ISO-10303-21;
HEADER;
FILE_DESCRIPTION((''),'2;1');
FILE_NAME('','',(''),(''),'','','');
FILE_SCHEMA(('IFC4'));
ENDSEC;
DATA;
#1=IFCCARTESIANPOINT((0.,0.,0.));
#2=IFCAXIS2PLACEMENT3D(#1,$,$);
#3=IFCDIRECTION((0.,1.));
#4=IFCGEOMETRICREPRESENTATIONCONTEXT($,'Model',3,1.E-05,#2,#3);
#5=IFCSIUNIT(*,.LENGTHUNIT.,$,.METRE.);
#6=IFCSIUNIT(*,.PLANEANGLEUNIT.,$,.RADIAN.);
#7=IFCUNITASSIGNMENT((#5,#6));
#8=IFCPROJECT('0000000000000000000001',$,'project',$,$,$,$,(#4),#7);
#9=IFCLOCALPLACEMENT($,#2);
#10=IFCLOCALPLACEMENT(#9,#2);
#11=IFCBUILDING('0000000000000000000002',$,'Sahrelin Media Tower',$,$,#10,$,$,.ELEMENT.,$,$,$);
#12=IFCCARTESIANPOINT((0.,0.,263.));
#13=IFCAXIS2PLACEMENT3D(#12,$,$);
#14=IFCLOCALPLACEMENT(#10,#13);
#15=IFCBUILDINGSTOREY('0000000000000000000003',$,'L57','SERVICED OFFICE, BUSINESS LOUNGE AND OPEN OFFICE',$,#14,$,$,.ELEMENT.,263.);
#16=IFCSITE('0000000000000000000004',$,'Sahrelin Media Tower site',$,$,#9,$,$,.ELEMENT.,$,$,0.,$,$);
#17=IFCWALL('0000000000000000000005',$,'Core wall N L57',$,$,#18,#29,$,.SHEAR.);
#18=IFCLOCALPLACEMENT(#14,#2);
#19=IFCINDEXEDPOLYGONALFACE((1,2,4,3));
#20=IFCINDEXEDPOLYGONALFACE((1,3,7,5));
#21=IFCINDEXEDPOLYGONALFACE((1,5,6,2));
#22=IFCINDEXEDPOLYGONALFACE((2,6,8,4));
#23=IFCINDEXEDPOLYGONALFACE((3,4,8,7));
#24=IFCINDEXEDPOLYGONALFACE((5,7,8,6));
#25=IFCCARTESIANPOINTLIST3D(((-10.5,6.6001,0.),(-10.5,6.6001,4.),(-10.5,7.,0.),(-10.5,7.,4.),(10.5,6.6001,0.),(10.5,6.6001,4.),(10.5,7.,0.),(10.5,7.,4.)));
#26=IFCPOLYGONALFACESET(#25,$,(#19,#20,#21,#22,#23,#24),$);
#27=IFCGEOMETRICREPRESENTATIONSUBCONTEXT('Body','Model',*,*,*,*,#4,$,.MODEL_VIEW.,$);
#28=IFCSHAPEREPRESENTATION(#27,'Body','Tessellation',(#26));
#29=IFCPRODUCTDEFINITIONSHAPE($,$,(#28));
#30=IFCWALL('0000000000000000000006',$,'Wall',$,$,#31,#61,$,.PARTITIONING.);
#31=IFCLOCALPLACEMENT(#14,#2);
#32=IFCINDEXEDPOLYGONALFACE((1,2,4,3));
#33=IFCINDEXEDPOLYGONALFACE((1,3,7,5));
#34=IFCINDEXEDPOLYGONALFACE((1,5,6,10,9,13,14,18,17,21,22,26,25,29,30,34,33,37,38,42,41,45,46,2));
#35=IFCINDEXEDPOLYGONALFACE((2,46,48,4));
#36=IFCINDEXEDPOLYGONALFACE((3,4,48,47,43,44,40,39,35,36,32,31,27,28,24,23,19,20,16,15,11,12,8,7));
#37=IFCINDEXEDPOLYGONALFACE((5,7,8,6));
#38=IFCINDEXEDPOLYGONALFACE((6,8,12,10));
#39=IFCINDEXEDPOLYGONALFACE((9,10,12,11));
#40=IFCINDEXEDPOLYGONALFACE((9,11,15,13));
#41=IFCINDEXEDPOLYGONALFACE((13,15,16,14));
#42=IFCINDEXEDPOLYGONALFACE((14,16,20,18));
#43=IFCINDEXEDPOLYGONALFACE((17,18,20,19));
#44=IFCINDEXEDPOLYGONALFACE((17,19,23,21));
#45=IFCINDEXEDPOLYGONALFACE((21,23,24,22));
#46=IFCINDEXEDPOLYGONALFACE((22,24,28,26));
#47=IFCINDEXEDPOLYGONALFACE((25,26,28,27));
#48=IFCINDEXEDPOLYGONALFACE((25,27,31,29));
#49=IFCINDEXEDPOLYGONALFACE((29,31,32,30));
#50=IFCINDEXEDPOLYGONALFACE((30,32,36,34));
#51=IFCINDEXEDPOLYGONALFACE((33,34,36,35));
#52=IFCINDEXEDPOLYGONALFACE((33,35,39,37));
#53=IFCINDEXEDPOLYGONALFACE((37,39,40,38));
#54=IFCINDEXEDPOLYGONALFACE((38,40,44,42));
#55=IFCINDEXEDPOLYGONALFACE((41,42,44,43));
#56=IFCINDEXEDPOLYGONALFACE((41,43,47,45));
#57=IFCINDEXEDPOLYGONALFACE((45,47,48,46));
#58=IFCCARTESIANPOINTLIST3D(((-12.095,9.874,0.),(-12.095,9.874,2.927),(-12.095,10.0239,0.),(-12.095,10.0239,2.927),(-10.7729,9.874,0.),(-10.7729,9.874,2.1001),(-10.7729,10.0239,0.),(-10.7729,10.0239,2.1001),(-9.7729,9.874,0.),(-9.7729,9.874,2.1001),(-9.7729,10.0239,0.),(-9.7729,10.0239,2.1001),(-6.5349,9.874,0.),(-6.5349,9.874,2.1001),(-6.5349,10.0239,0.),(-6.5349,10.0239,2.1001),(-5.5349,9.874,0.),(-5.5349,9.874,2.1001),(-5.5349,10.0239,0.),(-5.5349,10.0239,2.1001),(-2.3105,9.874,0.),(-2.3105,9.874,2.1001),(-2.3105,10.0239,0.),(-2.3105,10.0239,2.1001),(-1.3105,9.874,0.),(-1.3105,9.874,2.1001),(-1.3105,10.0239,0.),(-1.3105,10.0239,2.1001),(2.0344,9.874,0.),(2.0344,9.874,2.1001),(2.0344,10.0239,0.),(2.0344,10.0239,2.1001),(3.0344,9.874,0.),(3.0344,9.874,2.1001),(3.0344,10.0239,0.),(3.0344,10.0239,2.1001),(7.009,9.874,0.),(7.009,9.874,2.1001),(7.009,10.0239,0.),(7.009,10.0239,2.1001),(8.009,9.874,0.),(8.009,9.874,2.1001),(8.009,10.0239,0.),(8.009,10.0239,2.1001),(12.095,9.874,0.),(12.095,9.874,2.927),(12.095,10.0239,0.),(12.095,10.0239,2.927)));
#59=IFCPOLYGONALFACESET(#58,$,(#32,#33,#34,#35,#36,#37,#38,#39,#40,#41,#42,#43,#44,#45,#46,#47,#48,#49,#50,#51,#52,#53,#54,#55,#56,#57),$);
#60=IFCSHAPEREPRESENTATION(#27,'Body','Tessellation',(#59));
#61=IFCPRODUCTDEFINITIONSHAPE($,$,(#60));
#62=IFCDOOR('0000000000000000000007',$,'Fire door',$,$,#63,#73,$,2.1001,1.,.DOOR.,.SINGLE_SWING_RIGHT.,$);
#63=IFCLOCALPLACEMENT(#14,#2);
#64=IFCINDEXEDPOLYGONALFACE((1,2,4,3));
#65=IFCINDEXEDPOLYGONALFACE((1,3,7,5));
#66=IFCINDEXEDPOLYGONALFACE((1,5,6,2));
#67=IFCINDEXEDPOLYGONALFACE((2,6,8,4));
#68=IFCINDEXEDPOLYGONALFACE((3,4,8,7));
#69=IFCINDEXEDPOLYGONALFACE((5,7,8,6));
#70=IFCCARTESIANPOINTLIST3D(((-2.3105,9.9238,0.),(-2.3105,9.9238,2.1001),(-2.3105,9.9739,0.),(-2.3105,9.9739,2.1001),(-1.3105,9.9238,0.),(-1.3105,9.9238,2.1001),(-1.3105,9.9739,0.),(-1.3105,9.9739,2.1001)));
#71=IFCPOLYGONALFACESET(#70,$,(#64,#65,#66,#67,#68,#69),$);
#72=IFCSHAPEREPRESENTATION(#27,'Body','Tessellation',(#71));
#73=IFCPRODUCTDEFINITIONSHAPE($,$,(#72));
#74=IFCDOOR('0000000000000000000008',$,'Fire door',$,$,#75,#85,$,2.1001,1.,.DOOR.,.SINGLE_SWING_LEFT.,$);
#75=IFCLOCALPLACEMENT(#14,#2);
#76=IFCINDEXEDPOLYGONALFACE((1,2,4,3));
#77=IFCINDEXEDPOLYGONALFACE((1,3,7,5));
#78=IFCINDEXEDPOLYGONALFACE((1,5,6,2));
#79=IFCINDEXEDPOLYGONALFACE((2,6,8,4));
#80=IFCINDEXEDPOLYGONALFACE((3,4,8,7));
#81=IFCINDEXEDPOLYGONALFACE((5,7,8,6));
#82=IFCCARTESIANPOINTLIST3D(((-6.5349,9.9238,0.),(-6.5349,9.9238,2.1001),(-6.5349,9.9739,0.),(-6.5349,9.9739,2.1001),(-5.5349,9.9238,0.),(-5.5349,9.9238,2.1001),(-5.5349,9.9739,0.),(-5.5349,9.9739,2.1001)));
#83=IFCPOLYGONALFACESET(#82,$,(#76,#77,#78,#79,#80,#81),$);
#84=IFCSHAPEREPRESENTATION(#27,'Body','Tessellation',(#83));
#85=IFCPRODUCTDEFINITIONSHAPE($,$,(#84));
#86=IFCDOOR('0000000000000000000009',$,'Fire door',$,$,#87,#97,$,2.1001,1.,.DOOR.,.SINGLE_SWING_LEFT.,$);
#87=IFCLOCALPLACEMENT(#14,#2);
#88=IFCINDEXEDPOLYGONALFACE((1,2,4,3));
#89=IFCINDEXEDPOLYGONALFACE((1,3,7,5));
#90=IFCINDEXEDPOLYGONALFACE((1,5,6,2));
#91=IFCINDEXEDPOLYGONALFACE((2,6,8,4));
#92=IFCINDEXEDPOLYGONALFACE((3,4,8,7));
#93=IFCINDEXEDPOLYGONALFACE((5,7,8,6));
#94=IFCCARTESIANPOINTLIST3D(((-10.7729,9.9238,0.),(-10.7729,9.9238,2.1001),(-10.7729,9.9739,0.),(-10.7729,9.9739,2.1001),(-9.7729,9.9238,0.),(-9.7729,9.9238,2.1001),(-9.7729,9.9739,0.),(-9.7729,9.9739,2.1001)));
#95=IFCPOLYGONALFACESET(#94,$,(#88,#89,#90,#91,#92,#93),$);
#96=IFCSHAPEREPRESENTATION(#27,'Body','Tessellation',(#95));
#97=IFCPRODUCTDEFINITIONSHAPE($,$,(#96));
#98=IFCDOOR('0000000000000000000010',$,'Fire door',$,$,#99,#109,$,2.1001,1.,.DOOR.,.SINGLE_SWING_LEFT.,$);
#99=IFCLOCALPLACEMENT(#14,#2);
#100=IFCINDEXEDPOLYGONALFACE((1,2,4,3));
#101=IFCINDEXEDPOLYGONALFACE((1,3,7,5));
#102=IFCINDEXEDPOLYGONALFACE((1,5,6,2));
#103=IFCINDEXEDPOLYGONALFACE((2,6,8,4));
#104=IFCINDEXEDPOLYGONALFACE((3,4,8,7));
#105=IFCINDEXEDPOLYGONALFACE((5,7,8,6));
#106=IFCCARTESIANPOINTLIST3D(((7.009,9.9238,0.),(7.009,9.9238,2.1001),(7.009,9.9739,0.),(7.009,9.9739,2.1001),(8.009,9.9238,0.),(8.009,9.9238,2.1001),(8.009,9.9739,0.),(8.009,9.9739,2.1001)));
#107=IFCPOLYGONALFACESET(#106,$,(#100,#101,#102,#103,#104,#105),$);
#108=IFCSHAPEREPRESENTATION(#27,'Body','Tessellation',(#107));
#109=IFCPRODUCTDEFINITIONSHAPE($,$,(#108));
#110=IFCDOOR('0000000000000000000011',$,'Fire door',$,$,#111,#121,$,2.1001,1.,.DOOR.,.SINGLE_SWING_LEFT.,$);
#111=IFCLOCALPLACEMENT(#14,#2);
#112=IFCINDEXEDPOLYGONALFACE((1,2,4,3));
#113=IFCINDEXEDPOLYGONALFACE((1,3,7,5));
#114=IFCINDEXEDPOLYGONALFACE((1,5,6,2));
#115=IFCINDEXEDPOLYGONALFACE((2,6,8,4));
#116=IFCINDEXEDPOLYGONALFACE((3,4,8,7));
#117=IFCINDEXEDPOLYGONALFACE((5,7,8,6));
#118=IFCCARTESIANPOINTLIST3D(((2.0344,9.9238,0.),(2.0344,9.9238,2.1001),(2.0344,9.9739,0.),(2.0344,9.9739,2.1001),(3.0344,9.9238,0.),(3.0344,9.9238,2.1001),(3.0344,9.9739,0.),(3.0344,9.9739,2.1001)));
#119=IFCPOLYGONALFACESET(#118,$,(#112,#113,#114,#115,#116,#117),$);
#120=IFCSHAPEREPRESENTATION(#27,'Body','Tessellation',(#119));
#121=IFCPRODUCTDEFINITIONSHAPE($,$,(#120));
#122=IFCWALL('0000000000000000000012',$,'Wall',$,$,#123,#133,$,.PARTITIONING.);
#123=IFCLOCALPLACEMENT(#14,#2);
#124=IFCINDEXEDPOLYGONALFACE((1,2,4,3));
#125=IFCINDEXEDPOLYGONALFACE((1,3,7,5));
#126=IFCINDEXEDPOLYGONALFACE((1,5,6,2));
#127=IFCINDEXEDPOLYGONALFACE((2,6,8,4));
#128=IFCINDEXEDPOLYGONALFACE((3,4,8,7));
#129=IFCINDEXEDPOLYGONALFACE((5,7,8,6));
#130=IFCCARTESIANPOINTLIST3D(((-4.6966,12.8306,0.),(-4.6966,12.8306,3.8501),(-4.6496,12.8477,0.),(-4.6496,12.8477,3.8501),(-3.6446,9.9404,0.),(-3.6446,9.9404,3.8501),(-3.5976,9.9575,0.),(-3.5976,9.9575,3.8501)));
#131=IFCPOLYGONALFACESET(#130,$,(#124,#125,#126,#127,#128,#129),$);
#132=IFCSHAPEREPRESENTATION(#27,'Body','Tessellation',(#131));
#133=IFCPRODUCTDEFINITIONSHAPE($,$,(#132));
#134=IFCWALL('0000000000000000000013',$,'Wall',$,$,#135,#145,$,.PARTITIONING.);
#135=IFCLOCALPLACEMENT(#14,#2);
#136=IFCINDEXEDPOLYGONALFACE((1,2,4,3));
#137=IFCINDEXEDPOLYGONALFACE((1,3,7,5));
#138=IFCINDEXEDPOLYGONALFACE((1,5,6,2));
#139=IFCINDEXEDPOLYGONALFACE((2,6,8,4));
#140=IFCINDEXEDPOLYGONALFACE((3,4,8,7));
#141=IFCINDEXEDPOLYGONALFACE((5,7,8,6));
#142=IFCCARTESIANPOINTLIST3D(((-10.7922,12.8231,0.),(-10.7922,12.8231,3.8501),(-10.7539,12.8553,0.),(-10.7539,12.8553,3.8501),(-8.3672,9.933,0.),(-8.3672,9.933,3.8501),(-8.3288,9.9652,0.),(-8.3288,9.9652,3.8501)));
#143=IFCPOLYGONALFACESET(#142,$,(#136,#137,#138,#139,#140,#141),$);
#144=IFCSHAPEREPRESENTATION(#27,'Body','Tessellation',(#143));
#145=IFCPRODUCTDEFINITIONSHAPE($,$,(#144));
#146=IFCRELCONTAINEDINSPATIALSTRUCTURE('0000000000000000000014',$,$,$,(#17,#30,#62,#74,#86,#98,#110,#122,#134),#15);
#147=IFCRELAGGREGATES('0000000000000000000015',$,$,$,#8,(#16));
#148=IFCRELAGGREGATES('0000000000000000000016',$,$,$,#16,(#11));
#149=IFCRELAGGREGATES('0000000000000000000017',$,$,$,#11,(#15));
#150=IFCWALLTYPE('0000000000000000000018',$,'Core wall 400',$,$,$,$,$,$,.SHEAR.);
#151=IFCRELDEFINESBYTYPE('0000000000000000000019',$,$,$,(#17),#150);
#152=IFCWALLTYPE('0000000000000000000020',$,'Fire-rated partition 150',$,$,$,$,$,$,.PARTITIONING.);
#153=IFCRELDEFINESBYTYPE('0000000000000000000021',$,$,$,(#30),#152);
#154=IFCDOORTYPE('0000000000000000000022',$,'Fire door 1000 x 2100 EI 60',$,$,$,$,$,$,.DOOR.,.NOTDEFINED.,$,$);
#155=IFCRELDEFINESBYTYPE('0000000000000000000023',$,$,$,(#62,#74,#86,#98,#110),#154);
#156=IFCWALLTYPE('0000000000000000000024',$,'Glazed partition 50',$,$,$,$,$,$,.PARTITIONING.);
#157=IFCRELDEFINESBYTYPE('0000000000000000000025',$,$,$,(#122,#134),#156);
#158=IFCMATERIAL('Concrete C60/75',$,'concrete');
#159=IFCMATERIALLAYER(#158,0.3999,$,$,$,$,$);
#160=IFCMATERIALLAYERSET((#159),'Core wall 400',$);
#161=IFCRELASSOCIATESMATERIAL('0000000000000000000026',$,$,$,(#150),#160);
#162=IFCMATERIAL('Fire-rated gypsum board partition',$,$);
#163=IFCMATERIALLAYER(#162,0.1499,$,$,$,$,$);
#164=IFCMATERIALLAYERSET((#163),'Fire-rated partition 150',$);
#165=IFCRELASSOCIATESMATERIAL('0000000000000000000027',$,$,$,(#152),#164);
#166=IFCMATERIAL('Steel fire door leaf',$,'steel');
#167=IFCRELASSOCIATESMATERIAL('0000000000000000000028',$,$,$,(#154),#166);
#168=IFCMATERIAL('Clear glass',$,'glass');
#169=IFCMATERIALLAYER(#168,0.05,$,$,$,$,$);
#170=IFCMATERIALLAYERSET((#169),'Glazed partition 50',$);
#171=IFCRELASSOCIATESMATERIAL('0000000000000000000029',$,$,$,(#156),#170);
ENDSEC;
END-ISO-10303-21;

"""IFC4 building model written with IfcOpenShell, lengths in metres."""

from ifc_helpers import new_model, si_unit, direction, frame, frame_2d, origin, place, context, subcontext, project, spatial, rectangle, extrude, material, layer, layer_set, type_object, element, fill, save


model = new_model("IFC4")

# Units and contexts
model_context = context("Model", 3, precision=1e-05, world=origin(), true_north=direction((0.0, 1.0)))
body_context = subcontext(model_context, "Body", "Model", "MODEL_VIEW")
ifc_project = project(units=[si_unit("LENGTHUNIT", "METRE"), si_unit("PLANEANGLEUNIT", "RADIAN")], contexts=[model_context])

# Site, building, storey
site_placement = place(None, origin())
site = spatial("IfcSite", under=ifc_project, at=site_placement, Name="Sahrelin Media Tower site", CompositionType="ELEMENT", RefElevation=0.0)
building_placement = place(site_placement, origin())
building = spatial("IfcBuilding", under=site, at=building_placement, Name="Sahrelin Media Tower", CompositionType="ELEMENT")
storey_placement = place(building_placement, frame((0.0, 0.0, 263.0)))
storey = spatial("IfcBuildingStorey", under=building, at=storey_placement, Name="L57", Description="SERVICED OFFICE, BUSINESS LOUNGE AND OPEN OFFICE", CompositionType="ELEMENT", Elevation=263.0)

# Wall
ifc_material_1 = material(Name="Concrete C60/75", Category="concrete")
ifc_layer_1 = layer(ifc_material_1, 0.3999)
ifc_layer_set_1 = layer_set([ifc_layer_1], Name="Core wall 400")
wall_type_1 = type_object("IfcWallType", Name="Core wall 400", PredefinedType="SHEAR", material=ifc_layer_set_1)
wall_1_placement = place(storey_placement, frame((-10.5, 6.8, 0.0), z_axis=(0.0, 0.0, 1.0), x_axis=(1.0, 0.0, 0.0)))
element("IfcWall", 1, at=wall_1_placement, inside=storey, type_object=wall_type_1, Name="Core wall N L57", PredefinedType="SHEAR", context=body_context, shape_type="SweptSolid", body=[
    extrude(rectangle(XDim=21.0, YDim=0.3999, at=frame_2d((10.5, 0.0))), origin(), (0.0, 0.0, 1.0), 4.0),
])

# Wall, openings, doors
ifc_material_2 = material(Name="Fire-rated gypsum board partition")
ifc_layer_2 = layer(ifc_material_2, 0.1499)
ifc_layer_set_2 = layer_set([ifc_layer_2], Name="Fire-rated partition 150")
wall_type_2 = type_object("IfcWallType", Name="Fire-rated partition 150", PredefinedType="PARTITIONING", material=ifc_layer_set_2)
wall_2_placement = place(storey_placement, frame((-12.095, 9.949, 0.0), z_axis=(0.0, 0.0, 1.0), x_axis=(1.0, 0.0, 0.0)))
wall_2 = element("IfcWall", 2, at=wall_2_placement, inside=storey, type_object=wall_type_2, Name="Wall", PredefinedType="PARTITIONING", context=body_context, shape_type="SweptSolid", body=[
    extrude(rectangle(XDim=24.1899, YDim=0.1499, at=frame_2d((12.095, 0.0))), origin(), (0.0, 0.0, 1.0), 2.927),
])
opening_1_placement = place(wall_2_placement, frame((9.7844, 0.0, 0.0)))
opening_1 = element("IfcOpeningElement", 3, at=opening_1_placement, cuts=wall_2, PredefinedType="OPENING", context=body_context, shape_type="SweptSolid", body=[
    extrude(rectangle(XDim=1.0, YDim=2.1001, at=frame_2d((0.5, 1.05))), frame((0.0, 0.075, 0.0), z_axis=(0.0, -1.0, 0.0), x_axis=(1.0, 0.0, 0.0)), (0.0, 0.0, 1.0), 0.1499),
])
opening_2_placement = place(wall_2_placement, frame((5.5601, 0.0, 0.0)))
opening_2 = element("IfcOpeningElement", 4, at=opening_2_placement, cuts=wall_2, PredefinedType="OPENING", context=body_context, shape_type="SweptSolid", body=[
    extrude(rectangle(XDim=1.0, YDim=2.1001, at=frame_2d((0.5, 1.05))), frame((0.0, 0.075, 0.0), z_axis=(0.0, -1.0, 0.0), x_axis=(1.0, 0.0, 0.0)), (0.0, 0.0, 1.0), 0.1499),
])
opening_3_placement = place(wall_2_placement, frame((1.322, 0.0, 0.0)))
opening_3 = element("IfcOpeningElement", 5, at=opening_3_placement, cuts=wall_2, PredefinedType="OPENING", context=body_context, shape_type="SweptSolid", body=[
    extrude(rectangle(XDim=1.0, YDim=2.1001, at=frame_2d((0.5, 1.05))), frame((0.0, 0.075, 0.0), z_axis=(0.0, -1.0, 0.0), x_axis=(1.0, 0.0, 0.0)), (0.0, 0.0, 1.0), 0.1499),
])
opening_4_placement = place(wall_2_placement, frame((19.104, 0.0, 0.0)))
opening_4 = element("IfcOpeningElement", 6, at=opening_4_placement, cuts=wall_2, PredefinedType="OPENING", context=body_context, shape_type="SweptSolid", body=[
    extrude(rectangle(XDim=1.0, YDim=2.1001, at=frame_2d((0.5, 1.05))), frame((0.0, 0.075, 0.0), z_axis=(0.0, -1.0, 0.0), x_axis=(1.0, 0.0, 0.0)), (0.0, 0.0, 1.0), 0.1499),
])
opening_5_placement = place(wall_2_placement, frame((14.1294, 0.0, 0.0)))
opening_5 = element("IfcOpeningElement", 7, at=opening_5_placement, cuts=wall_2, PredefinedType="OPENING", context=body_context, shape_type="SweptSolid", body=[
    extrude(rectangle(XDim=1.0, YDim=2.1001, at=frame_2d((0.5, 1.05))), frame((0.0, 0.075, 0.0), z_axis=(0.0, -1.0, 0.0), x_axis=(1.0, 0.0, 0.0)), (0.0, 0.0, 1.0), 0.1499),
])
ifc_material_3 = material(Name="Steel fire door leaf", Category="steel")
door_type_1 = type_object("IfcDoorType", Name="Fire door 1000 x 2100 EI 60", OperationType="NOTDEFINED", PredefinedType="DOOR", material=ifc_material_3)
door_1_placement = place(opening_1_placement, origin())
door_1 = element("IfcDoor", 8, at=door_1_placement, inside=storey, type_object=door_type_1, Name="Fire door", OperationType="SINGLE_SWING_RIGHT", OverallHeight=2.1001, OverallWidth=1.0, PredefinedType="DOOR", context=body_context, shape_type="SweptSolid", body=[
    extrude(rectangle(XDim=1.0, YDim=2.1001, at=frame_2d((0.5, 1.05))), frame((0.0, 0.0249, 0.0), z_axis=(0.0, -1.0, 0.0), x_axis=(1.0, 0.0, 0.0)), (0.0, 0.0, 1.0), 0.05),
])
fill(opening_1, door_1)
door_2_placement = place(opening_2_placement, origin())
door_2 = element("IfcDoor", 9, at=door_2_placement, inside=storey, type_object=door_type_1, Name="Fire door", OperationType="SINGLE_SWING_LEFT", OverallHeight=2.1001, OverallWidth=1.0, PredefinedType="DOOR", context=body_context, shape_type="SweptSolid", body=[
    extrude(rectangle(XDim=1.0, YDim=2.1001, at=frame_2d((0.5, 1.05))), frame((0.0, 0.0249, 0.0), z_axis=(0.0, -1.0, 0.0), x_axis=(1.0, 0.0, 0.0)), (0.0, 0.0, 1.0), 0.05),
])
fill(opening_2, door_2)
door_3_placement = place(opening_3_placement, origin())
door_3 = element("IfcDoor", 10, at=door_3_placement, inside=storey, type_object=door_type_1, Name="Fire door", OperationType="SINGLE_SWING_LEFT", OverallHeight=2.1001, OverallWidth=1.0, PredefinedType="DOOR", context=body_context, shape_type="SweptSolid", body=[
    extrude(rectangle(XDim=1.0, YDim=2.1001, at=frame_2d((0.5, 1.05))), frame((0.0, 0.0249, 0.0), z_axis=(0.0, -1.0, 0.0), x_axis=(1.0, 0.0, 0.0)), (0.0, 0.0, 1.0), 0.05),
])
fill(opening_3, door_3)
door_4_placement = place(opening_4_placement, origin())
door_4 = element("IfcDoor", 11, at=door_4_placement, inside=storey, type_object=door_type_1, Name="Fire door", OperationType="SINGLE_SWING_LEFT", OverallHeight=2.1001, OverallWidth=1.0, PredefinedType="DOOR", context=body_context, shape_type="SweptSolid", body=[
    extrude(rectangle(XDim=1.0, YDim=2.1001, at=frame_2d((0.5, 1.05))), frame((0.0, 0.0249, 0.0), z_axis=(0.0, -1.0, 0.0), x_axis=(1.0, 0.0, 0.0)), (0.0, 0.0, 1.0), 0.05),
])
fill(opening_4, door_4)
door_5_placement = place(opening_5_placement, origin())
door_5 = element("IfcDoor", 12, at=door_5_placement, inside=storey, type_object=door_type_1, Name="Fire door", OperationType="SINGLE_SWING_LEFT", OverallHeight=2.1001, OverallWidth=1.0, PredefinedType="DOOR", context=body_context, shape_type="SweptSolid", body=[
    extrude(rectangle(XDim=1.0, YDim=2.1001, at=frame_2d((0.5, 1.05))), frame((0.0, 0.0249, 0.0), z_axis=(0.0, -1.0, 0.0), x_axis=(1.0, 0.0, 0.0)), (0.0, 0.0, 1.0), 0.05),
])
fill(opening_5, door_5)

# Walls
ifc_material_4 = material(Name="Clear glass", Category="glass")
ifc_layer_3 = layer(ifc_material_4, 0.05)
ifc_layer_set_3 = layer_set([ifc_layer_3], Name="Glazed partition 50")
wall_type_3 = type_object("IfcWallType", Name="Glazed partition 50", PredefinedType="PARTITIONING", material=ifc_layer_set_3)
wall_3_placement = place(storey_placement, frame((-4.6731, 12.8391, 0.0), z_axis=(0.0, 0.0, 1.0), x_axis=(0.342043, -0.939684, 0.0)))
element("IfcWall", 13, at=wall_3_placement, inside=storey, type_object=wall_type_3, Name="Wall", PredefinedType="PARTITIONING", context=body_context, shape_type="SweptSolid", body=[
    extrude(rectangle(XDim=3.0757, YDim=0.05, at=frame_2d((1.5378, 0.0))), origin(), (0.0, 0.0, 1.0), 3.8501),
])
wall_4_placement = place(storey_placement, frame((-10.7729, 12.8391, 0.0), z_axis=(0.0, 0.0, 1.0), x_axis=(0.642778, -0.766053, 0.0)))
element("IfcWall", 14, at=wall_4_placement, inside=storey, type_object=wall_type_3, Name="Wall", PredefinedType="PARTITIONING", context=body_context, shape_type="SweptSolid", body=[
    extrude(rectangle(XDim=3.7727, YDim=0.05, at=frame_2d((1.8862, 0.0))), origin(), (0.0, 0.0, 1.0), 3.8501),
])

save(model, "model.ifc")
